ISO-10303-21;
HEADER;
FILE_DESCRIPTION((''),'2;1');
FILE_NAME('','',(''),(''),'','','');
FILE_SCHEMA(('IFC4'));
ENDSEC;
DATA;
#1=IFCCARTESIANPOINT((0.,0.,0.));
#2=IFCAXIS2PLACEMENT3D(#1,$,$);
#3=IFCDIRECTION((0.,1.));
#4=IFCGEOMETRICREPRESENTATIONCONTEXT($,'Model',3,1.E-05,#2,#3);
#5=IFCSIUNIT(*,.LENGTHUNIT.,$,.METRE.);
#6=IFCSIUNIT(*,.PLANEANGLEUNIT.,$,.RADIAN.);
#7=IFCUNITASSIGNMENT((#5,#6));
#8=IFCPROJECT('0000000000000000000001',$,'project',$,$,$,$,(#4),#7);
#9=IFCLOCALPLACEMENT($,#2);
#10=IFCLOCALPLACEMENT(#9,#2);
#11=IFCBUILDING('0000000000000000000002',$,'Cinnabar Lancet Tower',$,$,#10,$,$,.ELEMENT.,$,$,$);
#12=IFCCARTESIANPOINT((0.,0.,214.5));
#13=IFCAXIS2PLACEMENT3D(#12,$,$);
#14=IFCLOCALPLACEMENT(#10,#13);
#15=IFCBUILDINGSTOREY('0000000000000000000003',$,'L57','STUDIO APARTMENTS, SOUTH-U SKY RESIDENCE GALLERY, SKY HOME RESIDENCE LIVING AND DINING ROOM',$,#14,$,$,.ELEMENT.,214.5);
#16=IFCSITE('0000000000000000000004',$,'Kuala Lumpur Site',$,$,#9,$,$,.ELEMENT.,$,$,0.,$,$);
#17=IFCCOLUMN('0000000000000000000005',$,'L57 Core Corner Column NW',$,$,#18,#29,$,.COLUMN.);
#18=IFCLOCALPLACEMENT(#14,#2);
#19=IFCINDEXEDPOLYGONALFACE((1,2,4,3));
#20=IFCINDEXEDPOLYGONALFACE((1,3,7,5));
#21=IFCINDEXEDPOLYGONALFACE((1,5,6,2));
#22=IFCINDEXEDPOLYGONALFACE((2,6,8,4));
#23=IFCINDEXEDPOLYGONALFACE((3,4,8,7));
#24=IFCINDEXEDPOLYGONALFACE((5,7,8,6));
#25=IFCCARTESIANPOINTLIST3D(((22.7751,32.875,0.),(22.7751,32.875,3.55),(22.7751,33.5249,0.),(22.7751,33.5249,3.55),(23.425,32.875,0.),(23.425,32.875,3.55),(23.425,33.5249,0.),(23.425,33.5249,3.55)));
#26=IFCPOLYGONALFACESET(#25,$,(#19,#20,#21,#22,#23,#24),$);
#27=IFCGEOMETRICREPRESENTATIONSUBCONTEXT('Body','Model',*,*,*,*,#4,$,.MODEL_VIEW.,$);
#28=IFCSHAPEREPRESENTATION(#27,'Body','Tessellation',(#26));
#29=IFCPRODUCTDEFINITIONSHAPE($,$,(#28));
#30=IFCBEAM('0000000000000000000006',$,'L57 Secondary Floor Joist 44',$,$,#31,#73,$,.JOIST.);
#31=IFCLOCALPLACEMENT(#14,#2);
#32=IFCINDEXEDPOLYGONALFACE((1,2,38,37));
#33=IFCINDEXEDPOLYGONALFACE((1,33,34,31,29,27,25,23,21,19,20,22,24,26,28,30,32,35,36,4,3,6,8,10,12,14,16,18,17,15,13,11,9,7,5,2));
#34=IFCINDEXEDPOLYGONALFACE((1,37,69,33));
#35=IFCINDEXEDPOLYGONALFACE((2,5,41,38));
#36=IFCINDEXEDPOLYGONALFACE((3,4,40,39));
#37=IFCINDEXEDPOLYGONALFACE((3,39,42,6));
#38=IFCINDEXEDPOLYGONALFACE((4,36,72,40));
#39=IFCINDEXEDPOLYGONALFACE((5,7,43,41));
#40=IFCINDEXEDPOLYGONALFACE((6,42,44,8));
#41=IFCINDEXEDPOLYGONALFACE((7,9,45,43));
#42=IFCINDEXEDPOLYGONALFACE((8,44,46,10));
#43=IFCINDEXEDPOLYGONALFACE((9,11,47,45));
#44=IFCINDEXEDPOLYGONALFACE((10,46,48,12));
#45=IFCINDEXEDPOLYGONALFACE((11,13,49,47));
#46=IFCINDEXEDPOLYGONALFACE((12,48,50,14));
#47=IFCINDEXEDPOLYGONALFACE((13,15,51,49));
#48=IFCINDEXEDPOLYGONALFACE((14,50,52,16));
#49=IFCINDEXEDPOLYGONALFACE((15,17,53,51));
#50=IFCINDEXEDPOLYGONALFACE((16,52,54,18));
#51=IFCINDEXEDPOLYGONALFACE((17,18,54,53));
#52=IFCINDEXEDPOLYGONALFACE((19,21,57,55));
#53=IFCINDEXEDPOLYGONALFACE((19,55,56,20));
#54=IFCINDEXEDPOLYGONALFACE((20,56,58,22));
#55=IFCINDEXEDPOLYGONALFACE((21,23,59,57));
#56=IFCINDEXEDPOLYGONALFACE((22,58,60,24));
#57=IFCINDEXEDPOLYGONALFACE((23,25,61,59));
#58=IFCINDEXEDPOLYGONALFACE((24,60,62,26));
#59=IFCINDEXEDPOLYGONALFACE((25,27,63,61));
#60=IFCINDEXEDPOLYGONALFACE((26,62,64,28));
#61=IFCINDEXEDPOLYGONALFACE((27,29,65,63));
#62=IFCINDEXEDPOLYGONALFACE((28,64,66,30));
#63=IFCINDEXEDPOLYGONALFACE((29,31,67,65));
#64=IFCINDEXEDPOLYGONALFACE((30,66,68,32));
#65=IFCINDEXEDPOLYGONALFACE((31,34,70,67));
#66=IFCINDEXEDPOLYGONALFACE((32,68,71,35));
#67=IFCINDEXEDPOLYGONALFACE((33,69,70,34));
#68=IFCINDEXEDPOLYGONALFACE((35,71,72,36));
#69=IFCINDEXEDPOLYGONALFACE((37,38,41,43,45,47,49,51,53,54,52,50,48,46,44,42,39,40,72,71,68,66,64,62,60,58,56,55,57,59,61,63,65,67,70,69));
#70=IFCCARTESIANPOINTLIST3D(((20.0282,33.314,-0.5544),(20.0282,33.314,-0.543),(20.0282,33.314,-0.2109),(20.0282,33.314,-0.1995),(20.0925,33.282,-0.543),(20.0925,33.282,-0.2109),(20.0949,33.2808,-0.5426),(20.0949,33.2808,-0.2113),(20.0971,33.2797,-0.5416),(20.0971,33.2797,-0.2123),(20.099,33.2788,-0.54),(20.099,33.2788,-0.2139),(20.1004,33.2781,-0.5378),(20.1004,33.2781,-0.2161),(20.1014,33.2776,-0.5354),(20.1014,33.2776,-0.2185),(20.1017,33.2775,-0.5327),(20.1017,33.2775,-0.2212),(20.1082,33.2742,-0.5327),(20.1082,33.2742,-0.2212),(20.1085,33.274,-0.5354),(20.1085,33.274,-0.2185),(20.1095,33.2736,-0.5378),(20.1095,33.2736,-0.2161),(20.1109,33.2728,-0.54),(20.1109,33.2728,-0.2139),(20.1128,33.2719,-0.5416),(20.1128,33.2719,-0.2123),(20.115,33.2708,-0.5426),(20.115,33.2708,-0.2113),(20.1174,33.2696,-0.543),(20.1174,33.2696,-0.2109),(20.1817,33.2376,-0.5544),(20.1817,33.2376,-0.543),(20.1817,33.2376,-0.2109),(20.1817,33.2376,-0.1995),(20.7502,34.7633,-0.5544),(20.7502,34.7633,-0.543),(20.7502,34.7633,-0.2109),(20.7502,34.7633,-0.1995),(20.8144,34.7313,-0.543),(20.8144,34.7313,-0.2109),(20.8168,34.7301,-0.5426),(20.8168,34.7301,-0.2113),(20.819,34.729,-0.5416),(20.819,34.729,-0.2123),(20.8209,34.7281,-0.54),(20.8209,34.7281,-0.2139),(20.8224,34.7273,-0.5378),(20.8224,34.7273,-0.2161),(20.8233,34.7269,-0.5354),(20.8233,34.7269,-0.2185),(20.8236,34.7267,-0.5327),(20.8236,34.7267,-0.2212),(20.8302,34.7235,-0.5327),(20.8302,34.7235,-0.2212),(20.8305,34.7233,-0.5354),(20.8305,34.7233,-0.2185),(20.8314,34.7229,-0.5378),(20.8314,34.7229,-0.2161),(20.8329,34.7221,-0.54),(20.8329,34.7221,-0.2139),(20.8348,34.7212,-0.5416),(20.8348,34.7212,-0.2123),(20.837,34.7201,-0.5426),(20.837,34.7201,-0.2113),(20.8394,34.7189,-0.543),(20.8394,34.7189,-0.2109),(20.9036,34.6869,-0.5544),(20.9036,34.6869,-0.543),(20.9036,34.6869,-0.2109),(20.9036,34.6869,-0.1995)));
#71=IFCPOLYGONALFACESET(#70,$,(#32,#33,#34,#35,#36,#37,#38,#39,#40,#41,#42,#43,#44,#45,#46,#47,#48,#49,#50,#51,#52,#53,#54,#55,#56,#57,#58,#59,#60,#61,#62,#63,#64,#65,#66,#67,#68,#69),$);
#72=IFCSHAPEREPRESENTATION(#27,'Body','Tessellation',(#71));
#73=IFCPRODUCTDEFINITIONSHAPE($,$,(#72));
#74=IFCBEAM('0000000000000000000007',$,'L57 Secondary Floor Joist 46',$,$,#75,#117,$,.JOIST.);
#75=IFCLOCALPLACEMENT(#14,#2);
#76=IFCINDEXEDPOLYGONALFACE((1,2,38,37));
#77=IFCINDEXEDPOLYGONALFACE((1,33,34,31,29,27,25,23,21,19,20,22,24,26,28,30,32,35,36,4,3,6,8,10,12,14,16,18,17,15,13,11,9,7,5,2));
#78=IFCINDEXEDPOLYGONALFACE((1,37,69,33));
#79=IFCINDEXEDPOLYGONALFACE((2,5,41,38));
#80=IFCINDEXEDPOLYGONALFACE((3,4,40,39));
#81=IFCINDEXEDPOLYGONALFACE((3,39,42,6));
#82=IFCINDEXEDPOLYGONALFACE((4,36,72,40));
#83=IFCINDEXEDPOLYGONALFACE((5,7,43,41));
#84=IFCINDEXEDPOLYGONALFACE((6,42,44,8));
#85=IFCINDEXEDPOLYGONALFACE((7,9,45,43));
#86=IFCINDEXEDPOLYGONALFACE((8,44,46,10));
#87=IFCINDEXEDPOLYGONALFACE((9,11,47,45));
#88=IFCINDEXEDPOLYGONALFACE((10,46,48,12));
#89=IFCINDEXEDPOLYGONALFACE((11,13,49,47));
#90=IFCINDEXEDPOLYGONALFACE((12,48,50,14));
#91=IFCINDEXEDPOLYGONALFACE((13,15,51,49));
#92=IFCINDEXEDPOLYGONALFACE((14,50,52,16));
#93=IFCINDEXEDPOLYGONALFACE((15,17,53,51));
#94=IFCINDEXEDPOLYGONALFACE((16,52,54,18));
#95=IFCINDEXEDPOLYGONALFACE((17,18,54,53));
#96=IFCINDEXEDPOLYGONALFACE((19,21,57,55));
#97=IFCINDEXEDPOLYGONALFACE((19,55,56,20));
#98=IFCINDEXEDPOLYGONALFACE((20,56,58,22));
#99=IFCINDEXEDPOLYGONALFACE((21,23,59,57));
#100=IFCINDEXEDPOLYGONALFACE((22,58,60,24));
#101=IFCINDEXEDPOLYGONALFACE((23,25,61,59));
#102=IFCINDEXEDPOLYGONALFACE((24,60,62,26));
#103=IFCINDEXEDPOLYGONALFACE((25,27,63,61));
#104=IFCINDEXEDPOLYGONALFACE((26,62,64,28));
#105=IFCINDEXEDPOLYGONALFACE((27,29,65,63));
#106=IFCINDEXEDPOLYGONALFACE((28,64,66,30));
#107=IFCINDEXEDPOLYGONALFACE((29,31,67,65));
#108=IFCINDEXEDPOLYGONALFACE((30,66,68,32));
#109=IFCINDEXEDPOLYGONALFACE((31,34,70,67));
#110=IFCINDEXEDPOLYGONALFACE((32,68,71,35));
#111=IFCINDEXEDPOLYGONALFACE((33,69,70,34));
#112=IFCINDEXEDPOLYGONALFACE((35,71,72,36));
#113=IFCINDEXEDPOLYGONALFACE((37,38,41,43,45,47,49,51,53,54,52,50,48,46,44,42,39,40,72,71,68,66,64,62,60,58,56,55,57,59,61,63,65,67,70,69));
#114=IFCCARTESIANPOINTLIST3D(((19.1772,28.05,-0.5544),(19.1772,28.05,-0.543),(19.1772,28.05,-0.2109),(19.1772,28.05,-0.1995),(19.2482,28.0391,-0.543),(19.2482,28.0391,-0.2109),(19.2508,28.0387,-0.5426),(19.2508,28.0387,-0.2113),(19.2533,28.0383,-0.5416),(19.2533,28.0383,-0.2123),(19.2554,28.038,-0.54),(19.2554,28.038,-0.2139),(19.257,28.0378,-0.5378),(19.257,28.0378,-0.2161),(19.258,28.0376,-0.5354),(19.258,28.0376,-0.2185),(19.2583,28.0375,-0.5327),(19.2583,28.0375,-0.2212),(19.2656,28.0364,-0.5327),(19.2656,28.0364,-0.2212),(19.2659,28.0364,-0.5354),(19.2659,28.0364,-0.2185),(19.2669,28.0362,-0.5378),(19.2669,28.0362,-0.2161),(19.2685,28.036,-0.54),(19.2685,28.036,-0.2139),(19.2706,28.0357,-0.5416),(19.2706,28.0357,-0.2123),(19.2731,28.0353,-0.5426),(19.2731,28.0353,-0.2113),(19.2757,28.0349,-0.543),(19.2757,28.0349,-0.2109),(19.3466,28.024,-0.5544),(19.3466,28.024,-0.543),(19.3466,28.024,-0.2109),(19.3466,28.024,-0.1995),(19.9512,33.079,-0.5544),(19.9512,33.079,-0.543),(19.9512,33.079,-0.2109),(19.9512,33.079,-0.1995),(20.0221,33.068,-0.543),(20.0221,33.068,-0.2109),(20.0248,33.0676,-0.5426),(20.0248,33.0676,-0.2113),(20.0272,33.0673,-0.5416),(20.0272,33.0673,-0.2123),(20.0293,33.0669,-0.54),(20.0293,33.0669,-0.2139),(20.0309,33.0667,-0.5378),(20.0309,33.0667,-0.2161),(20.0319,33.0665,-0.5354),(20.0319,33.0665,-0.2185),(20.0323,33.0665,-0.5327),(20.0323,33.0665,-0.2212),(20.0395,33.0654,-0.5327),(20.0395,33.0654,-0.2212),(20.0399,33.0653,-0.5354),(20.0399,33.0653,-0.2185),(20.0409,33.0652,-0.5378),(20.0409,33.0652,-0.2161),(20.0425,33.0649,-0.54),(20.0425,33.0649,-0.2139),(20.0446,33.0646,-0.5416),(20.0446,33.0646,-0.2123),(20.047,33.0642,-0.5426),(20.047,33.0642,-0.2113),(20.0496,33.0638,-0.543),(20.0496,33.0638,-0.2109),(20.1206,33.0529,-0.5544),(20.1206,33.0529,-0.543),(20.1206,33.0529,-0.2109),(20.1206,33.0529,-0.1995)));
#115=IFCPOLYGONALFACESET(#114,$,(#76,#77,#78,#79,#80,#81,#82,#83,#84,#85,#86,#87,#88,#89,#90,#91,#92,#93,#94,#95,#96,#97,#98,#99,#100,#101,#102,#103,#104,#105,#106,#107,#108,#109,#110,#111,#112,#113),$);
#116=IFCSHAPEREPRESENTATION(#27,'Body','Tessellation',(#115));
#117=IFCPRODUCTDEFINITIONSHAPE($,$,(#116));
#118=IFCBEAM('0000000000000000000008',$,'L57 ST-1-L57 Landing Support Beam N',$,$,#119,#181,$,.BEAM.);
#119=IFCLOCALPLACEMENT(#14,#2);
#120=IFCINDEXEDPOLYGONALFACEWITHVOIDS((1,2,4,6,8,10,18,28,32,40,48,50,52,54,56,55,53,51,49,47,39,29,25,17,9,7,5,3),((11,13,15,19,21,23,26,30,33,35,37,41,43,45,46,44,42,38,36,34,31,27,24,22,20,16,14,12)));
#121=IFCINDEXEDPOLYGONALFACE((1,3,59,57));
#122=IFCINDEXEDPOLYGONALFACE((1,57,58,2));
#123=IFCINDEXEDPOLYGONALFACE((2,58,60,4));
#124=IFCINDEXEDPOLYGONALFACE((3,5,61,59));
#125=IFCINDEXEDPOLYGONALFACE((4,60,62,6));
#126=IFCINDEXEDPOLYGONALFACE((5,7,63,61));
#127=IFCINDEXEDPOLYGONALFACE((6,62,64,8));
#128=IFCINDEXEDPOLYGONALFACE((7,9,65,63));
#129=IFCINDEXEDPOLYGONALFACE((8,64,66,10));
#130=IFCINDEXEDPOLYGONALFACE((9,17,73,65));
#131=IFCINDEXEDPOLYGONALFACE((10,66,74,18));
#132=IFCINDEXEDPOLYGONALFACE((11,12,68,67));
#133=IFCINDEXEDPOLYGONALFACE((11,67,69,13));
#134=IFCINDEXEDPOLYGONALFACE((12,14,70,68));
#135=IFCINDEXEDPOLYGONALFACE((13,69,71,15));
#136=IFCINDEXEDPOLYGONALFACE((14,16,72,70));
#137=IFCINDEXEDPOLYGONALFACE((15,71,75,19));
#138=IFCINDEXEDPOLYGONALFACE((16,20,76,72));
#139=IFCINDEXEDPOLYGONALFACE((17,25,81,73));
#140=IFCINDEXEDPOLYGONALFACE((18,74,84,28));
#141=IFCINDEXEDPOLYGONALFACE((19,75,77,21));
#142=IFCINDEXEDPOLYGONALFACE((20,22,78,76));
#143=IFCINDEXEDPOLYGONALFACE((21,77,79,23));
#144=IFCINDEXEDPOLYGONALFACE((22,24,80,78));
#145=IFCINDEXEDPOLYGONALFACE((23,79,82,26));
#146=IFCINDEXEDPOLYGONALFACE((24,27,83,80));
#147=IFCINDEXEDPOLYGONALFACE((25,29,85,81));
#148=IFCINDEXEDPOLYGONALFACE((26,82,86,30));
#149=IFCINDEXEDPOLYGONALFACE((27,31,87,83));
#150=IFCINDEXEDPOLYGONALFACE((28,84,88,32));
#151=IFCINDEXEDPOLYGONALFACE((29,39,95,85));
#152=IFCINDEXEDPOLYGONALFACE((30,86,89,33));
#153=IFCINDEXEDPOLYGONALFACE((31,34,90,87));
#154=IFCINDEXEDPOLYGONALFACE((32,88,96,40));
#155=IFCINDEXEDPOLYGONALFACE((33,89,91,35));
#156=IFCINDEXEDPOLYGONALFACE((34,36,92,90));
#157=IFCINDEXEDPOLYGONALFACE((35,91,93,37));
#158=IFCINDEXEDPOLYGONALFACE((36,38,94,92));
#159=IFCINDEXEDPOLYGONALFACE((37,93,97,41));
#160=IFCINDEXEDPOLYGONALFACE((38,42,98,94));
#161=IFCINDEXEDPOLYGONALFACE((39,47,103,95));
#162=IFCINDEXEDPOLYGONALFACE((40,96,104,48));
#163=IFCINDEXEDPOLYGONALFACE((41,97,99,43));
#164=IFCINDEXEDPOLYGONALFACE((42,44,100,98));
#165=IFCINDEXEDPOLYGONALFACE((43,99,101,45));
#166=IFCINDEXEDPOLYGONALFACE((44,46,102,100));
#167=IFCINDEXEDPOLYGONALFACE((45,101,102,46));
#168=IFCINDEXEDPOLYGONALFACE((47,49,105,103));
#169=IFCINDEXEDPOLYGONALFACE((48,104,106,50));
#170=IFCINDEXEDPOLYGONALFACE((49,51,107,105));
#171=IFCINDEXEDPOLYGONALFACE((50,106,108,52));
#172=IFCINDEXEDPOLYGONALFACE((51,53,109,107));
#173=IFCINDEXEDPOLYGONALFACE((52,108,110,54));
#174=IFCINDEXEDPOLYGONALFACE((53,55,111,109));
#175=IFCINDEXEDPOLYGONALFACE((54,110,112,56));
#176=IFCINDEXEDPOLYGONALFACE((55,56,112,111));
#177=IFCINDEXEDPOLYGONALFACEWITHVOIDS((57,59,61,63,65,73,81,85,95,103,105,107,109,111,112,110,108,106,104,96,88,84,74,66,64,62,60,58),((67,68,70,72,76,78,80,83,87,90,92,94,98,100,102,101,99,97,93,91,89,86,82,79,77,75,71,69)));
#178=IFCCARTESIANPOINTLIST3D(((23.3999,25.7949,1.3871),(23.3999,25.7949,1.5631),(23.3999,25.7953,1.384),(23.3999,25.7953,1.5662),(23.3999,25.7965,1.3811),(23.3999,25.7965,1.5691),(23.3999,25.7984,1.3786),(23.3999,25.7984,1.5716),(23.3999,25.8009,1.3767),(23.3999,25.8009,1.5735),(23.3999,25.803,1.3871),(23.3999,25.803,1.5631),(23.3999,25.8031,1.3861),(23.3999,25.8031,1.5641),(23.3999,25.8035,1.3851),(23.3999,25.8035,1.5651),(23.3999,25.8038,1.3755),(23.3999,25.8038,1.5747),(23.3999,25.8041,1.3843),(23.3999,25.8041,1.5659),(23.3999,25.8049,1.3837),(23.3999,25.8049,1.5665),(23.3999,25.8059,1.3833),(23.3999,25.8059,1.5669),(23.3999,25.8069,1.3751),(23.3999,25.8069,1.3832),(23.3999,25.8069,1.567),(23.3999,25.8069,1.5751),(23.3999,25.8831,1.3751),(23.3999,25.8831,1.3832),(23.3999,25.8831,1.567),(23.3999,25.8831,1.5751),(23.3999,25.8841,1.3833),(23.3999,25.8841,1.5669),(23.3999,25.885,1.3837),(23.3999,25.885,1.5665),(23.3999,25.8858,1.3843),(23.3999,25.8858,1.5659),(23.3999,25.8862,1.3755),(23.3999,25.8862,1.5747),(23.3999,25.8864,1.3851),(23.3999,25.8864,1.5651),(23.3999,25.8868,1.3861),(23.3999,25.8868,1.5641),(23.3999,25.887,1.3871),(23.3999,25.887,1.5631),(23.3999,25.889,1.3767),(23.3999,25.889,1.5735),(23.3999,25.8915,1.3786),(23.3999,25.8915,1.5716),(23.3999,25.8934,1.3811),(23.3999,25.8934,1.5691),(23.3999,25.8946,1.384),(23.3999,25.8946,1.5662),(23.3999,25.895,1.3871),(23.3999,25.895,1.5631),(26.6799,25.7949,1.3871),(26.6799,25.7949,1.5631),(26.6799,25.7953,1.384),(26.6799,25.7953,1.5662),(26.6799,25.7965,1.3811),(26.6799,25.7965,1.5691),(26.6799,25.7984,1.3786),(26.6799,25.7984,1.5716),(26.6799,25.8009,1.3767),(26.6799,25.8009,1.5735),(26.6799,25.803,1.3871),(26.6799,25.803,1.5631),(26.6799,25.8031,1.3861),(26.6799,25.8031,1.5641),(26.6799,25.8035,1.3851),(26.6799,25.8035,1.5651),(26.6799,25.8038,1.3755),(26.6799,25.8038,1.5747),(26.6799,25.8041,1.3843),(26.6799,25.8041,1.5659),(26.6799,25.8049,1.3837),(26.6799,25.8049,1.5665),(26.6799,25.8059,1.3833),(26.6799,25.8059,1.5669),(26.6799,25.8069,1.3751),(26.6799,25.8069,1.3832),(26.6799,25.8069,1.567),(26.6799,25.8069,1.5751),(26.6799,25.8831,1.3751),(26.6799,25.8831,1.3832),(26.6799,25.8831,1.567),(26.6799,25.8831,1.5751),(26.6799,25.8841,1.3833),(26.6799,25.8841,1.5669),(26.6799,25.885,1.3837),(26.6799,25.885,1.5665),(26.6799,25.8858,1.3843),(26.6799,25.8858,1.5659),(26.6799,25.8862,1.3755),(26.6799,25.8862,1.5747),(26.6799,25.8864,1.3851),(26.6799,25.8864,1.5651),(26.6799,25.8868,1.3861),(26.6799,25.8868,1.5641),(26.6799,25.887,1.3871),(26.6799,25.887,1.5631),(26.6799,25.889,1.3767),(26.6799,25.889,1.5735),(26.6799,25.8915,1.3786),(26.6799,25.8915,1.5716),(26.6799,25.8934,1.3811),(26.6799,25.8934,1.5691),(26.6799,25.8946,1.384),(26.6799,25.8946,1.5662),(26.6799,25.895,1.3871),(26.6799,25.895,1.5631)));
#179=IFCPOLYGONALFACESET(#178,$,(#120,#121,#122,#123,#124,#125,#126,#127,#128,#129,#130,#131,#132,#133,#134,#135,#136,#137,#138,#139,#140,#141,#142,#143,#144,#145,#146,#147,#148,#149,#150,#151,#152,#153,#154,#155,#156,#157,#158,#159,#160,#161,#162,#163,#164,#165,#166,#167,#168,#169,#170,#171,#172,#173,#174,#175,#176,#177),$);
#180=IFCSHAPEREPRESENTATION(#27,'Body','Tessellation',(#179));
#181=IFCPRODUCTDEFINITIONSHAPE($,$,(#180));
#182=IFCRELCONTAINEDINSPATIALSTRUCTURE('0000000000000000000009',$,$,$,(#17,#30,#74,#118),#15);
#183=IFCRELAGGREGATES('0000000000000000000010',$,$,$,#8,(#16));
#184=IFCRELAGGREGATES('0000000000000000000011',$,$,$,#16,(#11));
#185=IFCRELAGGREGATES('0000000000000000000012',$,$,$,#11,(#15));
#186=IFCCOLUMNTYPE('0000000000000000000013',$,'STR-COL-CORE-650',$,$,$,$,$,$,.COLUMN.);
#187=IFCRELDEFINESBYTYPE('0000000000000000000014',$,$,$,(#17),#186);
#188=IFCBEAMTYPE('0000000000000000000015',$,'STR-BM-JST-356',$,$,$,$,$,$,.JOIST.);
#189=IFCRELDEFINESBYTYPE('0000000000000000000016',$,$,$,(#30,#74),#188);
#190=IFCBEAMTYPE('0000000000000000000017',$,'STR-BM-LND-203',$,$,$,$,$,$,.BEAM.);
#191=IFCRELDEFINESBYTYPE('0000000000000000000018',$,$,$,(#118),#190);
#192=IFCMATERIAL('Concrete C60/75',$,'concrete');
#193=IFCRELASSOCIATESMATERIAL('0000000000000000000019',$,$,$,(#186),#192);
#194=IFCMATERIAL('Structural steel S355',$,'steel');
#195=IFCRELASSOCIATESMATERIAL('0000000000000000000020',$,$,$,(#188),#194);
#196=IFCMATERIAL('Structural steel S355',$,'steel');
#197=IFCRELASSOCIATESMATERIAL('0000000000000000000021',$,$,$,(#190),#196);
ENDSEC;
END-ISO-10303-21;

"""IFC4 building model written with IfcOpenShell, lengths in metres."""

from ifc_helpers import new_model, si_unit, direction, frame, origin, origin_2d, place, context, subcontext, project, spatial, rectangle, hollow_rectangle, i_section, extrude, material, material_profile, profile_set, type_object, element, save


model = new_model("IFC4")

# Units and contexts
model_context = context("Model", 3, precision=1e-05, world=origin(), true_north=direction((0.0, 1.0)))
body_context = subcontext(model_context, "Body", "Model", "MODEL_VIEW")
ifc_project = project(units=[si_unit("LENGTHUNIT", "METRE"), si_unit("PLANEANGLEUNIT", "RADIAN")], contexts=[model_context])

# Site, building, storey
site_placement = place(None, origin())
site = spatial("IfcSite", under=ifc_project, at=site_placement, Name="Kuala Lumpur Site", CompositionType="ELEMENT", RefElevation=0.0)
building_placement = place(site_placement, origin())
building = spatial("IfcBuilding", under=site, at=building_placement, Name="Cinnabar Lancet Tower", CompositionType="ELEMENT")
storey_placement = place(building_placement, frame((0.0, 0.0, 214.5)))
storey = spatial("IfcBuildingStorey", under=building, at=storey_placement, Name="L57", Description="STUDIO APARTMENTS, SOUTH-U SKY RESIDENCE GALLERY, SKY HOME RESIDENCE LIVING AND DINING ROOM", CompositionType="ELEMENT", Elevation=214.5)

# Column
ifc_material_1 = material(Name="Concrete C60/75", Category="concrete")
ifc_material_profile_1 = material_profile(ifc_material_1, rectangle(XDim=0.6499, YDim=0.6499, at=origin_2d()), Name="RC-COL 650x650")
ifc_profile_set_1 = profile_set([ifc_material_profile_1], Name="Concrete C60/75")
column_type = type_object("IfcColumnType", Name="STR-COL-CORE-650", PredefinedType="COLUMN", material=ifc_profile_set_1)
column_placement = place(storey_placement, frame((23.1001, 33.2, 0.0), z_axis=(0.0, 0.0, 1.0), x_axis=(1.0, 0.0, 0.0)))
element("IfcColumn", 1, at=column_placement, inside=storey, type_object=column_type, Name="L57 Core Corner Column NW", PredefinedType="COLUMN", context=body_context, shape_type="SweptSolid", body=[
    extrude(rectangle(XDim=0.6499, YDim=0.6499, at=origin_2d()), origin(), (0.0, 0.0, 1.0), 3.55),
])

# Beams
ifc_material_2 = material(Name="Structural steel S355", Category="steel")
ifc_material_profile_2 = material_profile(ifc_material_2, i_section(OverallWidth=0.1714, OverallDepth=0.355, WebThickness=0.0073, FlangeThickness=0.0115, FilletRadius=0.0103, at=origin_2d()), Name="UKB 356x171x51")
ifc_profile_set_2 = profile_set([ifc_material_profile_2], Name="Structural steel S355")
beam_type_1 = type_object("IfcBeamType", Name="STR-BM-JST-356", PredefinedType="JOIST", material=ifc_profile_set_2)
beam_1_placement = place(storey_placement, frame((20.8269, 34.7251, -0.377), z_axis=(-0.445886, -0.89509, 0.0), x_axis=(0.89509, -0.445886, 0.0)))
element("IfcBeam", 2, at=beam_1_placement, inside=storey, type_object=beam_type_1, Name="L57 Secondary Floor Joist 44", PredefinedType="JOIST", context=body_context, shape_type="SweptSolid", body=[
    extrude(i_section(OverallWidth=0.1714, OverallDepth=0.355, WebThickness=0.0073, FlangeThickness=0.0115, FilletRadius=0.0103, at=origin_2d()), origin(), (0.0, 0.0, 1.0), 1.6191),
])
beam_2_placement = place(storey_placement, frame((20.0359, 33.0659, -0.377), z_axis=(-0.152108, -0.988364, 0.0), x_axis=(0.988364, -0.152108, 0.0)))
element("IfcBeam", 3, at=beam_2_placement, inside=storey, type_object=beam_type_1, Name="L57 Secondary Floor Joist 46", PredefinedType="JOIST", context=body_context, shape_type="SweptSolid", body=[
    extrude(i_section(OverallWidth=0.1714, OverallDepth=0.355, WebThickness=0.0073, FlangeThickness=0.0115, FilletRadius=0.0103, at=origin_2d()), origin(), (0.0, 0.0, 1.0), 5.0881),
])
ifc_material_3 = material(Name="Structural steel S355", Category="steel")
ifc_material_profile_3 = material_profile(ifc_material_3, hollow_rectangle(XDim=0.1001, YDim=0.2, WallThickness=0.0081, InnerFilletRadius=0.0039, OuterFilletRadius=0.012, at=origin_2d()), Name="RHS 200x100x8")
ifc_profile_set_3 = profile_set([ifc_material_profile_3], Name="Structural steel S355")
beam_type_2 = type_object("IfcBeamType", Name="STR-BM-LND-203", PredefinedType="BEAM", material=ifc_profile_set_3)
beam_3_placement = place(storey_placement, frame((23.3999, 25.845, 1.4751), z_axis=(1.0, 0.0, 0.0), x_axis=(0.0, 1.0, 0.0)))
element("IfcBeam", 4, at=beam_3_placement, inside=storey, type_object=beam_type_2, Name="L57 ST-1-L57 Landing Support Beam N", PredefinedType="BEAM", context=body_context, shape_type="SweptSolid", body=[
    extrude(hollow_rectangle(XDim=0.1001, YDim=0.2, WallThickness=0.0081, InnerFilletRadius=0.0039, OuterFilletRadius=0.012, at=origin_2d()), origin(), (0.0, 0.0, 1.0), 3.28),
])

save(model, "model.ifc")
